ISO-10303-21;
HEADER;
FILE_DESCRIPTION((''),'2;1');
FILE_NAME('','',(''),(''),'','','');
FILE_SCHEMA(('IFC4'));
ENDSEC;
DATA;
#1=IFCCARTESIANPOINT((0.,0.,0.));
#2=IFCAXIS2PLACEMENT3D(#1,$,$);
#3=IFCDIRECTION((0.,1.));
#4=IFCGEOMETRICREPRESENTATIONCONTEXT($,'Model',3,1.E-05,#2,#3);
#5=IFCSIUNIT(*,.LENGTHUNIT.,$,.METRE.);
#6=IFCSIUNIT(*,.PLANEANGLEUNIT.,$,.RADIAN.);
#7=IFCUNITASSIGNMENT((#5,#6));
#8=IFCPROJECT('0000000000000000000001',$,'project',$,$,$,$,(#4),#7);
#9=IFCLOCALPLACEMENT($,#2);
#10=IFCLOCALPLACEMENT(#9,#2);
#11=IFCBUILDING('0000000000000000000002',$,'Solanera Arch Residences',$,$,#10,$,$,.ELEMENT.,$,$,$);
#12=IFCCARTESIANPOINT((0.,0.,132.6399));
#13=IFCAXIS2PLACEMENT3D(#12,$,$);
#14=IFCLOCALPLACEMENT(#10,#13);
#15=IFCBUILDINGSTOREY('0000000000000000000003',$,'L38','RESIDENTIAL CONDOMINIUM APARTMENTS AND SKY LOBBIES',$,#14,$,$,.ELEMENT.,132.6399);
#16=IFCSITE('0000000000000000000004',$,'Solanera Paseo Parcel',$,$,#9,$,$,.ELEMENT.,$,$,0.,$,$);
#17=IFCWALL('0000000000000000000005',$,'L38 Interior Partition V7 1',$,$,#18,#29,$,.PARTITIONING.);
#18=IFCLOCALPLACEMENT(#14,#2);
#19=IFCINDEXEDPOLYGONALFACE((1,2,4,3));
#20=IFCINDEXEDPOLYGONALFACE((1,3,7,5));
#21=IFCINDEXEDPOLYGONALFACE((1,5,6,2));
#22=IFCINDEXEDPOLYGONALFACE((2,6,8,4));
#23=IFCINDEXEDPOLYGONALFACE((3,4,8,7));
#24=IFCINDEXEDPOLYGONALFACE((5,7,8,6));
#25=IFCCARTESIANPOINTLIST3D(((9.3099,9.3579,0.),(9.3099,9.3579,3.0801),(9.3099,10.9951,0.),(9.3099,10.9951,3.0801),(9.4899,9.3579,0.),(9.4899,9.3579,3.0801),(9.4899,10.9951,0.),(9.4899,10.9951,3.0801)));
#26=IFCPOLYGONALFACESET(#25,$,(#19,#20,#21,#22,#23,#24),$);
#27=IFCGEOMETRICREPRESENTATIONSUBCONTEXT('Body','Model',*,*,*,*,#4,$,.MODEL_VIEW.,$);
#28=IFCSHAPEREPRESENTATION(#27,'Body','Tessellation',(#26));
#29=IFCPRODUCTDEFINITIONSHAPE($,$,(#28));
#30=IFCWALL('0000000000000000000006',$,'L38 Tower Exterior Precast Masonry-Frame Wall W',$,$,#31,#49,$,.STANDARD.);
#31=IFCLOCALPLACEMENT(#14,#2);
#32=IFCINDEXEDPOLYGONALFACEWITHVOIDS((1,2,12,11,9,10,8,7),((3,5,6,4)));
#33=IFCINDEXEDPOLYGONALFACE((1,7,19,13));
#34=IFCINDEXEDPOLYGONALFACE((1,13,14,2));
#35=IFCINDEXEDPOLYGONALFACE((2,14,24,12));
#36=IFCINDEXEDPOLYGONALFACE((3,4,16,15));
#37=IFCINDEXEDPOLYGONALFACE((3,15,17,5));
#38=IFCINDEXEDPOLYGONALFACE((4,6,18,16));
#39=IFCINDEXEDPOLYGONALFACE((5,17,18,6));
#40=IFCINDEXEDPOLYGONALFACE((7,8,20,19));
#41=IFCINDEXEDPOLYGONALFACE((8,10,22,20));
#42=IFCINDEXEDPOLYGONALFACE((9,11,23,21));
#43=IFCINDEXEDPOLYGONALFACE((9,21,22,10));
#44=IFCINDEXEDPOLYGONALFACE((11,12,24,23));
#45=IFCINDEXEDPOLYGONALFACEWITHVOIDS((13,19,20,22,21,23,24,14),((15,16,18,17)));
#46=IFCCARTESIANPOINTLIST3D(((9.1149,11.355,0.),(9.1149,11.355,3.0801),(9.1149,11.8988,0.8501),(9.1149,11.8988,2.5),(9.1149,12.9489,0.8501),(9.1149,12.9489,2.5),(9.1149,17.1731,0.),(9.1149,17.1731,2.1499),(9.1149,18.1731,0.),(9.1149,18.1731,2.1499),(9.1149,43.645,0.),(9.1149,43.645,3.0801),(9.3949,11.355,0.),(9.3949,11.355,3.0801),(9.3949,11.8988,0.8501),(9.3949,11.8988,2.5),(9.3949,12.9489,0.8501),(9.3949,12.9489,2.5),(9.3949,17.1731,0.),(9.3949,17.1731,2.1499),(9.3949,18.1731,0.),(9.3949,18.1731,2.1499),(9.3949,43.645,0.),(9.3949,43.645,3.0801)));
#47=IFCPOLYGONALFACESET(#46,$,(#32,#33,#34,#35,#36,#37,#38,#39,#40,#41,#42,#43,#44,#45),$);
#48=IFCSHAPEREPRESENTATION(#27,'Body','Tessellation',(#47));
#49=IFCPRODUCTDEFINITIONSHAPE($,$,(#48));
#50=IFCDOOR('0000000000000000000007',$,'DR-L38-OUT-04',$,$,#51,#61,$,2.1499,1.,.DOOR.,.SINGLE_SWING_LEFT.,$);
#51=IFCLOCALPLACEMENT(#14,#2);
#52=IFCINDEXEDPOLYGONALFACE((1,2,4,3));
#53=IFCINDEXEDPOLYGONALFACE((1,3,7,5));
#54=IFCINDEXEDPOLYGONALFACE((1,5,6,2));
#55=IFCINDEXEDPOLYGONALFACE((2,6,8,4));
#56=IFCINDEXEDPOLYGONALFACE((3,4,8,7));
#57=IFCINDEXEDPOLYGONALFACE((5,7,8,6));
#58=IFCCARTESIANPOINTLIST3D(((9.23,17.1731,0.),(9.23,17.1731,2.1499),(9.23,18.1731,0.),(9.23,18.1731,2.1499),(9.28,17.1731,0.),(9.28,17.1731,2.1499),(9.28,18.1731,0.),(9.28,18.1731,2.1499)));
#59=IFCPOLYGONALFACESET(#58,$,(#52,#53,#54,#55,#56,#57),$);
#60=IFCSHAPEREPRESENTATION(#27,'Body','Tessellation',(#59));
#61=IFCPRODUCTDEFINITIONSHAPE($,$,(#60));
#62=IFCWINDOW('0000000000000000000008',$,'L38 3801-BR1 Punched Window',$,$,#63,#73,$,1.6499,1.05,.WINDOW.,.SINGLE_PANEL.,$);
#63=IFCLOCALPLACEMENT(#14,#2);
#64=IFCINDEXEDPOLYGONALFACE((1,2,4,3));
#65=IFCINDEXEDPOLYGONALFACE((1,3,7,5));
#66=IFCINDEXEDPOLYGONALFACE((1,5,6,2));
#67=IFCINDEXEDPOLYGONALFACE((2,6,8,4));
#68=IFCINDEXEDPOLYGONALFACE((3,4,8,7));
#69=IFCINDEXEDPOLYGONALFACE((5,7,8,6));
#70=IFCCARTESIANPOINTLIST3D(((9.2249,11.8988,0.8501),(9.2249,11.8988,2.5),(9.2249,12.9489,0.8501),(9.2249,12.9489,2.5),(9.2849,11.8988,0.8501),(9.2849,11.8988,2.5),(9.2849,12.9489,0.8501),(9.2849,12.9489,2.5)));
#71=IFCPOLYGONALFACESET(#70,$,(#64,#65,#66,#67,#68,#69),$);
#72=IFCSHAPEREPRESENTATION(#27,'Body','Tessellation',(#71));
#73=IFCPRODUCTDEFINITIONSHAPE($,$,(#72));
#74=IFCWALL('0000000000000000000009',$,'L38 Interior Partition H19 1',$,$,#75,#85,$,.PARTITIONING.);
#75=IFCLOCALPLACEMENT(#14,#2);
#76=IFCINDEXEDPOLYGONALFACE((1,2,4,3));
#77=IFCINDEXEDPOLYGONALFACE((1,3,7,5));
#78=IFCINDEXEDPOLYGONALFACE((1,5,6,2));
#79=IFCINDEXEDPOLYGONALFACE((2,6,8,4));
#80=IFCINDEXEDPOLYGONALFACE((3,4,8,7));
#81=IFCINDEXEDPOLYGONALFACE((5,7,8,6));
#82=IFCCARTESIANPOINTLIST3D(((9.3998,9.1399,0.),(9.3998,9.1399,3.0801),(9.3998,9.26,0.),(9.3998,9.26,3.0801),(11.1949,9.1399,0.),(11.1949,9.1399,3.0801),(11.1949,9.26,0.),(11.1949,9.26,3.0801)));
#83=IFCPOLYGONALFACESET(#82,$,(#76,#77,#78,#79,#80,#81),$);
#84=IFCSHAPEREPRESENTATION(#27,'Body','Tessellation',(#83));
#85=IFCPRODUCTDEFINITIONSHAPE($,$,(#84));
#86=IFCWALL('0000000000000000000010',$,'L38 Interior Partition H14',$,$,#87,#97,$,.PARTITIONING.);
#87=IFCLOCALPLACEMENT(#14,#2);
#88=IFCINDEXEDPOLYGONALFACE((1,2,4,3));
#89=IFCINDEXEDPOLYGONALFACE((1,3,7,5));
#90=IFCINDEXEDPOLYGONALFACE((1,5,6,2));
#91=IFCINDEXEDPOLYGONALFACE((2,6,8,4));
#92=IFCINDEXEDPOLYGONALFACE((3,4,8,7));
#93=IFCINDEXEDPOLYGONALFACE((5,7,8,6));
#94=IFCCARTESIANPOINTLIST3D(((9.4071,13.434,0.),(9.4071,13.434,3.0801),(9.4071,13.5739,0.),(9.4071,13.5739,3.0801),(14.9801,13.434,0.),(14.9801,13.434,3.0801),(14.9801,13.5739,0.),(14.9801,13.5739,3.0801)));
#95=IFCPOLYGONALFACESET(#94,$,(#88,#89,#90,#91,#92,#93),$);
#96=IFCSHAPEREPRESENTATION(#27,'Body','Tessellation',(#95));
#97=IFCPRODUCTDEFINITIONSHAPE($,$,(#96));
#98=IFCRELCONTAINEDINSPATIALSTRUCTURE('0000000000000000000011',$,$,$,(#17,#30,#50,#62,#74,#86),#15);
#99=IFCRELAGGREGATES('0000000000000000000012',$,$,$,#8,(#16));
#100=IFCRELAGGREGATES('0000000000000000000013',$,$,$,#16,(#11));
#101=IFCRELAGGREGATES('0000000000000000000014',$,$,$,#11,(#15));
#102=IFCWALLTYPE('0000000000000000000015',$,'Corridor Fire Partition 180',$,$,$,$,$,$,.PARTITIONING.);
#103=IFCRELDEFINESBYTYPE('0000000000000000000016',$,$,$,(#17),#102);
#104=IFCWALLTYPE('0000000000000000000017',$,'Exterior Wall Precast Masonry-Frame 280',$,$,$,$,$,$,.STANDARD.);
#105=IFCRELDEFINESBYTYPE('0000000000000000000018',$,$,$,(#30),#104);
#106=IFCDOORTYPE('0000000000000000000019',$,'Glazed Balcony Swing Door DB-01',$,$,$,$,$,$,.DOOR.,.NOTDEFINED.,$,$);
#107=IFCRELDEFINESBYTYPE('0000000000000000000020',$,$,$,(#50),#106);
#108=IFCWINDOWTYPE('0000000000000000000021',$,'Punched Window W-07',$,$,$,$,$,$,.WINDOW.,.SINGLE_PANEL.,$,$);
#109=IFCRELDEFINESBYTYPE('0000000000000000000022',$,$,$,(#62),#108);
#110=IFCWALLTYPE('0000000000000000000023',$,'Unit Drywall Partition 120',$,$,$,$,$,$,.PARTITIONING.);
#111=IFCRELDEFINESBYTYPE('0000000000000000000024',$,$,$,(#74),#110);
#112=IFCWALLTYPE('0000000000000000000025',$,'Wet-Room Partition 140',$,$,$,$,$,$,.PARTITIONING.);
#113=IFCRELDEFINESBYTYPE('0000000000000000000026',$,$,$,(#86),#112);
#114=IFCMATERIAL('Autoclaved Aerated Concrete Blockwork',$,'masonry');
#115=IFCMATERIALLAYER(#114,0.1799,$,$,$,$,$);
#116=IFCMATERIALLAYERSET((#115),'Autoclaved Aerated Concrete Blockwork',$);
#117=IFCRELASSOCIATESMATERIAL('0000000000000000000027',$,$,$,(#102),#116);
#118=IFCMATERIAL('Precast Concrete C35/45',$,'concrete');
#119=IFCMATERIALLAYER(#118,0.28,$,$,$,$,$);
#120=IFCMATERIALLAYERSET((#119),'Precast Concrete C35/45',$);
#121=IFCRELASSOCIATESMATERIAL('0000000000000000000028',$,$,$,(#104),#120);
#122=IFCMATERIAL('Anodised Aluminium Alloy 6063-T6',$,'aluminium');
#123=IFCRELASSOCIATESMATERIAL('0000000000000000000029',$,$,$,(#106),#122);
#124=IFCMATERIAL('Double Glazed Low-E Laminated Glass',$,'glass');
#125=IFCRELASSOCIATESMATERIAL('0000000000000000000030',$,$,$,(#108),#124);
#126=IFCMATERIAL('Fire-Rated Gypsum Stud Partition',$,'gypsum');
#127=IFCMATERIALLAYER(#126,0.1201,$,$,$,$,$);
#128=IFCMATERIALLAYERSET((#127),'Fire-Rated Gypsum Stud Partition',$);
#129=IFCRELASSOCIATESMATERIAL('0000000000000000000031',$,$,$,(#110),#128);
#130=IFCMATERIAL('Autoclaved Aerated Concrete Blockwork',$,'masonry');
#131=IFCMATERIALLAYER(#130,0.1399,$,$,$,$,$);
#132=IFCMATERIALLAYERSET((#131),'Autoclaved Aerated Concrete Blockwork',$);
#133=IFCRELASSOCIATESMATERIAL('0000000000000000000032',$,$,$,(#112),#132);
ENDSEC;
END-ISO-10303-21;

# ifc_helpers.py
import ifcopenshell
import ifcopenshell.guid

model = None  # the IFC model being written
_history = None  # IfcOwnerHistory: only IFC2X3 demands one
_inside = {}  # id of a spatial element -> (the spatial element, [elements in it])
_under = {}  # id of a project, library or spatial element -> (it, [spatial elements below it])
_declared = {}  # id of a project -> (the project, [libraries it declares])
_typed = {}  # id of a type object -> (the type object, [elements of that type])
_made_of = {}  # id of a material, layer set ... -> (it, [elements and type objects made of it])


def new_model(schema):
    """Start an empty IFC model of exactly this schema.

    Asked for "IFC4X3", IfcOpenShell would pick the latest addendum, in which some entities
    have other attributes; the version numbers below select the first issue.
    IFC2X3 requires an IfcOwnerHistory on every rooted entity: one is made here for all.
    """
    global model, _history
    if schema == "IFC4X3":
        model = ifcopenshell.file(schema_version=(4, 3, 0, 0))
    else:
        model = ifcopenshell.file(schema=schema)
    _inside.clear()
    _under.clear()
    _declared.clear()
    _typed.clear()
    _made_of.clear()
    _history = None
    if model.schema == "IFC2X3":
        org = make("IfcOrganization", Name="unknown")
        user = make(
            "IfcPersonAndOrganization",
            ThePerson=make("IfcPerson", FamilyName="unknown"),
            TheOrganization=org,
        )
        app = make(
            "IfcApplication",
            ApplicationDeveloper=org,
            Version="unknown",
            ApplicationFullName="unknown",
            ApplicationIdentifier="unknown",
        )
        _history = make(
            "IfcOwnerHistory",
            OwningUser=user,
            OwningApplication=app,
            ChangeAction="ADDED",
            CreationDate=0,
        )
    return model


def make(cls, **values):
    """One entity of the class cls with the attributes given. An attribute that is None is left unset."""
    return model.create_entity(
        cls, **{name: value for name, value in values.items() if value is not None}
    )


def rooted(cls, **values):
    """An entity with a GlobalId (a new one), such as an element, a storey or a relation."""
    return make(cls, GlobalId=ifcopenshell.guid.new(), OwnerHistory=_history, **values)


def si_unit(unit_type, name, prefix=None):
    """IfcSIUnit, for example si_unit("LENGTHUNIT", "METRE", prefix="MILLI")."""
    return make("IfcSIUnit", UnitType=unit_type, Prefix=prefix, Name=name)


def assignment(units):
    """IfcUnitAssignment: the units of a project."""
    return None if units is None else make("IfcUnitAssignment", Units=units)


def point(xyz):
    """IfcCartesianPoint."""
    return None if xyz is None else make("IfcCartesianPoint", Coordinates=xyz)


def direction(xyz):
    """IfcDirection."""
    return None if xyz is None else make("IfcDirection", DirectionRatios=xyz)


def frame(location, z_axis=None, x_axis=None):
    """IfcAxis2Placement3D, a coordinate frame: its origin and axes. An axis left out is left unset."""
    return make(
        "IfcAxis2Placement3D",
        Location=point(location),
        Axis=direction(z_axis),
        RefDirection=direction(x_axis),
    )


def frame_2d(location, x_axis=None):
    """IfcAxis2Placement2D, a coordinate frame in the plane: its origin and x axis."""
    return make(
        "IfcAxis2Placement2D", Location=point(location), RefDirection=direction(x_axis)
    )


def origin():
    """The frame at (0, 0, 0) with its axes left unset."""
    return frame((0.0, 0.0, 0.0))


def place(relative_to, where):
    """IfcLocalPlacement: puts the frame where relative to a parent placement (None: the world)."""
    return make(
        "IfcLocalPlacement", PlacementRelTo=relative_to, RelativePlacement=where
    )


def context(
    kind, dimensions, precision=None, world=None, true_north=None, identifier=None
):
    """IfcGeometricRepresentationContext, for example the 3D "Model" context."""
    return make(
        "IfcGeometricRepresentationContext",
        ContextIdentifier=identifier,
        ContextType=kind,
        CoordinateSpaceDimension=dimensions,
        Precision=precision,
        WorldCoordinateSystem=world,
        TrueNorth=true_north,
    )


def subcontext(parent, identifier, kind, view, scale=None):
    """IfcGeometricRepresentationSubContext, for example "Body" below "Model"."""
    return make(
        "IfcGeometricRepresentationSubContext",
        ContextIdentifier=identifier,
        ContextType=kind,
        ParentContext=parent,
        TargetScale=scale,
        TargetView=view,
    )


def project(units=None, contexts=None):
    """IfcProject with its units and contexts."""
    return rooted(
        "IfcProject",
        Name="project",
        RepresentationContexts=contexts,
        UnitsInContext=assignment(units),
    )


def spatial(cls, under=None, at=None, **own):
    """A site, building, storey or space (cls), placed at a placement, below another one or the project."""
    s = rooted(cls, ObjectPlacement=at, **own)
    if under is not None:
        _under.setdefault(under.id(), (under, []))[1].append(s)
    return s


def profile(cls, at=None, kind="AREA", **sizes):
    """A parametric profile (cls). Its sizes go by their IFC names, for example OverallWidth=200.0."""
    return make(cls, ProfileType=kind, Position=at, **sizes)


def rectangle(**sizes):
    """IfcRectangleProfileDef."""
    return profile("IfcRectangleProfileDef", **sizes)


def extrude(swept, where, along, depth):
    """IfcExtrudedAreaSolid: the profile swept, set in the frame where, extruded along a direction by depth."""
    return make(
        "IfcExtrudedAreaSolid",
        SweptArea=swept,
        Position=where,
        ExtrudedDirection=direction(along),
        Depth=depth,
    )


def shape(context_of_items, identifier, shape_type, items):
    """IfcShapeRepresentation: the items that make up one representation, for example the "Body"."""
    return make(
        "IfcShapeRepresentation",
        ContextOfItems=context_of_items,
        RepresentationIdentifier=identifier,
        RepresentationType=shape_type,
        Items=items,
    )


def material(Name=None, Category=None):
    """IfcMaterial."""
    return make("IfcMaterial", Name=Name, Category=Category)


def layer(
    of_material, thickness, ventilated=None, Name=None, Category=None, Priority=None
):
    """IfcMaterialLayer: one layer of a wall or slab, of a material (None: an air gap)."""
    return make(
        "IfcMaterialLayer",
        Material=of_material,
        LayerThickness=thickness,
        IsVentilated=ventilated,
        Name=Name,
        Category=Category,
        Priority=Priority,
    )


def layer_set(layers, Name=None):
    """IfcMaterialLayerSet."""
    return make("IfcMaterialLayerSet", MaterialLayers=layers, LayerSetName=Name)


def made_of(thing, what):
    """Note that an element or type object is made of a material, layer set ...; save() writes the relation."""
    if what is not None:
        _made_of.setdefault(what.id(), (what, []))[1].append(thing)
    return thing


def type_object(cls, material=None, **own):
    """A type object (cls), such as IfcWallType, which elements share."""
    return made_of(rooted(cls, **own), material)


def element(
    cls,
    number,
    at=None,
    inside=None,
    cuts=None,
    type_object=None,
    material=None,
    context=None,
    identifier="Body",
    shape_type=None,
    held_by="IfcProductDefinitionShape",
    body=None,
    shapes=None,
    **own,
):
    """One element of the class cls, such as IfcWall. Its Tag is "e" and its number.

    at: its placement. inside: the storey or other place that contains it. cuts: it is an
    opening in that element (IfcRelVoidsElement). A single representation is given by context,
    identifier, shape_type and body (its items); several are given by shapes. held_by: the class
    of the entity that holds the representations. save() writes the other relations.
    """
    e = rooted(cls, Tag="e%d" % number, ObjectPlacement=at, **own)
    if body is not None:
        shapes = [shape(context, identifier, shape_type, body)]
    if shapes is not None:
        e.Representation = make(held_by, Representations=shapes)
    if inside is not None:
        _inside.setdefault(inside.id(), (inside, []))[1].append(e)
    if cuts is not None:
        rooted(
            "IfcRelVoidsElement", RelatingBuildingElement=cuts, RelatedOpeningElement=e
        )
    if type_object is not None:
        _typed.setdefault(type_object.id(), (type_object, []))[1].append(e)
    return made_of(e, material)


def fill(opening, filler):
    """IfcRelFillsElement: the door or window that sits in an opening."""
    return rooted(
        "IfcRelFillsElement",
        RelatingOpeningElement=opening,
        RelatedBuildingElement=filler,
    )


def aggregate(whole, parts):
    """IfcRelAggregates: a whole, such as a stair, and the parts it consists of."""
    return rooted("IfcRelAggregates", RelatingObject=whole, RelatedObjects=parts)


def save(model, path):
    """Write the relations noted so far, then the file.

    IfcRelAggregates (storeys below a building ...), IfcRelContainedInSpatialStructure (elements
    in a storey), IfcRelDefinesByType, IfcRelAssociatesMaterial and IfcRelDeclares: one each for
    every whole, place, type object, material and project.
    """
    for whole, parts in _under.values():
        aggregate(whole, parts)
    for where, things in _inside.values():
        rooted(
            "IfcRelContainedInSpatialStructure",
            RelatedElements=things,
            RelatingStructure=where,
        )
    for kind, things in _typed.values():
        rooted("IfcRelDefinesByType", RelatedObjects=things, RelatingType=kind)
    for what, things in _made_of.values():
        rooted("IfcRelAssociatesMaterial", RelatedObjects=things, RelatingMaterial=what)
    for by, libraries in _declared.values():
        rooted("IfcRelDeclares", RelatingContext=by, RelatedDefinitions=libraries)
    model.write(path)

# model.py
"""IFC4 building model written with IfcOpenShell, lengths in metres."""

from ifc_helpers import new_model, si_unit, direction, frame, frame_2d, origin, place, context, subcontext, project, spatial, rectangle, extrude, material, layer, layer_set, type_object, element, fill, save


model = new_model("IFC4")

# Units and contexts
model_context = context("Model", 3, precision=1e-05, world=origin(), true_north=direction((0.0, 1.0)))
body_context = subcontext(model_context, "Body", "Model", "MODEL_VIEW")
ifc_project = project(units=[si_unit("LENGTHUNIT", "METRE"), si_unit("PLANEANGLEUNIT", "RADIAN")], contexts=[model_context])

# Site, building, storey
site_placement = place(None, origin())
site = spatial("IfcSite", under=ifc_project, at=site_placement, Name="Solanera Paseo Parcel", CompositionType="ELEMENT", RefElevation=0.0)
building_placement = place(site_placement, origin())
building = spatial("IfcBuilding", under=site, at=building_placement, Name="Solanera Arch Residences", CompositionType="ELEMENT")
storey_placement = place(building_placement, frame((0.0, 0.0, 132.6399)))
storey = spatial("IfcBuildingStorey", under=building, at=storey_placement, Name="L38", Description="RESIDENTIAL CONDOMINIUM APARTMENTS AND SKY LOBBIES", CompositionType="ELEMENT", Elevation=132.6399)

# Wall
ifc_material_1 = material(Name="Autoclaved Aerated Concrete Blockwork", Category="masonry")
ifc_layer_1 = layer(ifc_material_1, 0.1799)
ifc_layer_set_1 = layer_set([ifc_layer_1], Name="Autoclaved Aerated Concrete Blockwork")
wall_type_1 = type_object("IfcWallType", Name="Corridor Fire Partition 180", PredefinedType="PARTITIONING", material=ifc_layer_set_1)
wall_1_placement = place(storey_placement, frame((9.3999, 9.3579, 0.0), z_axis=(0.0, 0.0, 1.0), x_axis=(0.0, 1.0, 0.0)))
element("IfcWall", 1, at=wall_1_placement, inside=storey, type_object=wall_type_1, Name="L38 Interior Partition V7 1", PredefinedType="PARTITIONING", context=body_context, shape_type="SweptSolid", body=[
    extrude(rectangle(XDim=1.6372, YDim=0.1799, at=frame_2d((0.8186, 0.0))), origin(), (0.0, 0.0, 1.0), 3.0801),
])

# Wall, openings, door, window
ifc_material_2 = material(Name="Precast Concrete C35/45", Category="concrete")
ifc_layer_2 = layer(ifc_material_2, 0.28)
ifc_layer_set_2 = layer_set([ifc_layer_2], Name="Precast Concrete C35/45")
wall_type_2 = type_object("IfcWallType", Name="Exterior Wall Precast Masonry-Frame 280", PredefinedType="STANDARD", material=ifc_layer_set_2)
wall_2_placement = place(storey_placement, frame((9.2549, 11.355, 0.0), z_axis=(0.0, 0.0, 1.0), x_axis=(0.0, 1.0, 0.0)))
wall_2 = element("IfcWall", 2, at=wall_2_placement, inside=storey, type_object=wall_type_2, Name="L38 Tower Exterior Precast Masonry-Frame Wall W", PredefinedType="STANDARD", context=body_context, shape_type="SweptSolid", body=[
    extrude(rectangle(XDim=32.29, YDim=0.28, at=frame_2d((16.145, 0.0))), origin(), (0.0, 0.0, 1.0), 3.0801),
])
opening_1_placement = place(wall_2_placement, frame((5.8181, 0.0, 0.0)))
opening_1 = element("IfcOpeningElement", 3, at=opening_1_placement, cuts=wall_2, PredefinedType="OPENING", context=body_context, shape_type="SweptSolid", body=[
    extrude(rectangle(XDim=1.0, YDim=2.1499, at=frame_2d((0.5, 1.075))), frame((0.0, 0.1499, 0.0), z_axis=(0.0, -1.0, 0.0), x_axis=(1.0, 0.0, 0.0)), (0.0, 0.0, 1.0), 0.3),
])
opening_2_placement = place(wall_2_placement, frame((0.5439, 0.0, 0.8501)))
opening_2 = element("IfcOpeningElement", 4, at=opening_2_placement, cuts=wall_2, PredefinedType="OPENING", context=body_context, shape_type="SweptSolid", body=[
    extrude(rectangle(XDim=1.05, YDim=1.6499, at=frame_2d((0.5249, 0.825))), frame((0.0, 0.1499, 0.0), z_axis=(0.0, -1.0, 0.0), x_axis=(1.0, 0.0, 0.0)), (0.0, 0.0, 1.0), 0.3),
])
ifc_material_3 = material(Name="Anodised Aluminium Alloy 6063-T6", Category="aluminium")
door_type = type_object("IfcDoorType", Name="Glazed Balcony Swing Door DB-01", OperationType="NOTDEFINED", PredefinedType="DOOR", material=ifc_material_3)
door_placement = place(opening_1_placement, origin())
door = element("IfcDoor", 5, at=door_placement, inside=storey, type_object=door_type, Name="DR-L38-OUT-04", OperationType="SINGLE_SWING_LEFT", OverallHeight=2.1499, OverallWidth=1.0, PredefinedType="DOOR", context=body_context, shape_type="SweptSolid", body=[
    extrude(rectangle(XDim=1.0, YDim=2.1499, at=frame_2d((0.5, 1.075))), frame((0.0, 0.0249, 0.0), z_axis=(0.0, -1.0, 0.0), x_axis=(1.0, 0.0, 0.0)), (0.0, 0.0, 1.0), 0.05),
])
fill(opening_1, door)
ifc_material_4 = material(Name="Double Glazed Low-E Laminated Glass", Category="glass")
window_type = type_object("IfcWindowType", Name="Punched Window W-07", PartitioningType="SINGLE_PANEL", PredefinedType="WINDOW", material=ifc_material_4)
window_placement = place(opening_2_placement, origin())
window = element("IfcWindow", 6, at=window_placement, inside=storey, type_object=window_type, Name="L38 3801-BR1 Punched Window", OverallHeight=1.6499, OverallWidth=1.05, PartitioningType="SINGLE_PANEL", PredefinedType="WINDOW", context=body_context, shape_type="SweptSolid", body=[
    extrude(rectangle(XDim=1.05, YDim=1.6499, at=frame_2d((0.5249, 0.825))), frame((0.0, 0.03, 0.0), z_axis=(0.0, -1.0, 0.0), x_axis=(1.0, 0.0, 0.0)), (0.0, 0.0, 1.0), 0.0601),
])
fill(opening_2, window)

# Walls
ifc_material_5 = material(Name="Fire-Rated Gypsum Stud Partition", Category="gypsum")
ifc_layer_3 = layer(ifc_material_5, 0.1201)
ifc_layer_set_3 = layer_set([ifc_layer_3], Name="Fire-Rated Gypsum Stud Partition")
wall_type_3 = type_object("IfcWallType", Name="Unit Drywall Partition 120", PredefinedType="PARTITIONING", material=ifc_layer_set_3)
wall_3_placement = place(storey_placement, frame((9.3999, 9.2, 0.0), z_axis=(0.0, 0.0, 1.0), x_axis=(1.0, 0.0, 0.0)))
element("IfcWall", 7, at=wall_3_placement, inside=storey, type_object=wall_type_3, Name="L38 Interior Partition H19 1", PredefinedType="PARTITIONING", context=body_context, shape_type="SweptSolid", body=[
    extrude(rectangle(XDim=1.7952, YDim=0.1201, at=frame_2d((0.8975, 0.0))), origin(), (0.0, 0.0, 1.0), 3.0801),
])
ifc_material_6 = material(Name="Autoclaved Aerated Concrete Blockwork", Category="masonry")
ifc_layer_4 = layer(ifc_material_6, 0.1399)
ifc_layer_set_4 = layer_set([ifc_layer_4], Name="Autoclaved Aerated Concrete Blockwork")
wall_type_4 = type_object("IfcWallType", Name="Wet-Room Partition 140", PredefinedType="PARTITIONING", material=ifc_layer_set_4)
wall_4_placement = place(storey_placement, frame((9.407, 13.5039, 0.0), z_axis=(0.0, 0.0, 1.0), x_axis=(1.0, 0.0, 0.0)))
element("IfcWall", 8, at=wall_4_placement, inside=storey, type_object=wall_type_4, Name="L38 Interior Partition H14", PredefinedType="PARTITIONING", context=body_context, shape_type="SweptSolid", body=[
    extrude(rectangle(XDim=5.573, YDim=0.1399, at=frame_2d((2.7866, 0.0))), origin(), (0.0, 0.0, 1.0), 3.0801),
])

save(model, "model.ifc")
